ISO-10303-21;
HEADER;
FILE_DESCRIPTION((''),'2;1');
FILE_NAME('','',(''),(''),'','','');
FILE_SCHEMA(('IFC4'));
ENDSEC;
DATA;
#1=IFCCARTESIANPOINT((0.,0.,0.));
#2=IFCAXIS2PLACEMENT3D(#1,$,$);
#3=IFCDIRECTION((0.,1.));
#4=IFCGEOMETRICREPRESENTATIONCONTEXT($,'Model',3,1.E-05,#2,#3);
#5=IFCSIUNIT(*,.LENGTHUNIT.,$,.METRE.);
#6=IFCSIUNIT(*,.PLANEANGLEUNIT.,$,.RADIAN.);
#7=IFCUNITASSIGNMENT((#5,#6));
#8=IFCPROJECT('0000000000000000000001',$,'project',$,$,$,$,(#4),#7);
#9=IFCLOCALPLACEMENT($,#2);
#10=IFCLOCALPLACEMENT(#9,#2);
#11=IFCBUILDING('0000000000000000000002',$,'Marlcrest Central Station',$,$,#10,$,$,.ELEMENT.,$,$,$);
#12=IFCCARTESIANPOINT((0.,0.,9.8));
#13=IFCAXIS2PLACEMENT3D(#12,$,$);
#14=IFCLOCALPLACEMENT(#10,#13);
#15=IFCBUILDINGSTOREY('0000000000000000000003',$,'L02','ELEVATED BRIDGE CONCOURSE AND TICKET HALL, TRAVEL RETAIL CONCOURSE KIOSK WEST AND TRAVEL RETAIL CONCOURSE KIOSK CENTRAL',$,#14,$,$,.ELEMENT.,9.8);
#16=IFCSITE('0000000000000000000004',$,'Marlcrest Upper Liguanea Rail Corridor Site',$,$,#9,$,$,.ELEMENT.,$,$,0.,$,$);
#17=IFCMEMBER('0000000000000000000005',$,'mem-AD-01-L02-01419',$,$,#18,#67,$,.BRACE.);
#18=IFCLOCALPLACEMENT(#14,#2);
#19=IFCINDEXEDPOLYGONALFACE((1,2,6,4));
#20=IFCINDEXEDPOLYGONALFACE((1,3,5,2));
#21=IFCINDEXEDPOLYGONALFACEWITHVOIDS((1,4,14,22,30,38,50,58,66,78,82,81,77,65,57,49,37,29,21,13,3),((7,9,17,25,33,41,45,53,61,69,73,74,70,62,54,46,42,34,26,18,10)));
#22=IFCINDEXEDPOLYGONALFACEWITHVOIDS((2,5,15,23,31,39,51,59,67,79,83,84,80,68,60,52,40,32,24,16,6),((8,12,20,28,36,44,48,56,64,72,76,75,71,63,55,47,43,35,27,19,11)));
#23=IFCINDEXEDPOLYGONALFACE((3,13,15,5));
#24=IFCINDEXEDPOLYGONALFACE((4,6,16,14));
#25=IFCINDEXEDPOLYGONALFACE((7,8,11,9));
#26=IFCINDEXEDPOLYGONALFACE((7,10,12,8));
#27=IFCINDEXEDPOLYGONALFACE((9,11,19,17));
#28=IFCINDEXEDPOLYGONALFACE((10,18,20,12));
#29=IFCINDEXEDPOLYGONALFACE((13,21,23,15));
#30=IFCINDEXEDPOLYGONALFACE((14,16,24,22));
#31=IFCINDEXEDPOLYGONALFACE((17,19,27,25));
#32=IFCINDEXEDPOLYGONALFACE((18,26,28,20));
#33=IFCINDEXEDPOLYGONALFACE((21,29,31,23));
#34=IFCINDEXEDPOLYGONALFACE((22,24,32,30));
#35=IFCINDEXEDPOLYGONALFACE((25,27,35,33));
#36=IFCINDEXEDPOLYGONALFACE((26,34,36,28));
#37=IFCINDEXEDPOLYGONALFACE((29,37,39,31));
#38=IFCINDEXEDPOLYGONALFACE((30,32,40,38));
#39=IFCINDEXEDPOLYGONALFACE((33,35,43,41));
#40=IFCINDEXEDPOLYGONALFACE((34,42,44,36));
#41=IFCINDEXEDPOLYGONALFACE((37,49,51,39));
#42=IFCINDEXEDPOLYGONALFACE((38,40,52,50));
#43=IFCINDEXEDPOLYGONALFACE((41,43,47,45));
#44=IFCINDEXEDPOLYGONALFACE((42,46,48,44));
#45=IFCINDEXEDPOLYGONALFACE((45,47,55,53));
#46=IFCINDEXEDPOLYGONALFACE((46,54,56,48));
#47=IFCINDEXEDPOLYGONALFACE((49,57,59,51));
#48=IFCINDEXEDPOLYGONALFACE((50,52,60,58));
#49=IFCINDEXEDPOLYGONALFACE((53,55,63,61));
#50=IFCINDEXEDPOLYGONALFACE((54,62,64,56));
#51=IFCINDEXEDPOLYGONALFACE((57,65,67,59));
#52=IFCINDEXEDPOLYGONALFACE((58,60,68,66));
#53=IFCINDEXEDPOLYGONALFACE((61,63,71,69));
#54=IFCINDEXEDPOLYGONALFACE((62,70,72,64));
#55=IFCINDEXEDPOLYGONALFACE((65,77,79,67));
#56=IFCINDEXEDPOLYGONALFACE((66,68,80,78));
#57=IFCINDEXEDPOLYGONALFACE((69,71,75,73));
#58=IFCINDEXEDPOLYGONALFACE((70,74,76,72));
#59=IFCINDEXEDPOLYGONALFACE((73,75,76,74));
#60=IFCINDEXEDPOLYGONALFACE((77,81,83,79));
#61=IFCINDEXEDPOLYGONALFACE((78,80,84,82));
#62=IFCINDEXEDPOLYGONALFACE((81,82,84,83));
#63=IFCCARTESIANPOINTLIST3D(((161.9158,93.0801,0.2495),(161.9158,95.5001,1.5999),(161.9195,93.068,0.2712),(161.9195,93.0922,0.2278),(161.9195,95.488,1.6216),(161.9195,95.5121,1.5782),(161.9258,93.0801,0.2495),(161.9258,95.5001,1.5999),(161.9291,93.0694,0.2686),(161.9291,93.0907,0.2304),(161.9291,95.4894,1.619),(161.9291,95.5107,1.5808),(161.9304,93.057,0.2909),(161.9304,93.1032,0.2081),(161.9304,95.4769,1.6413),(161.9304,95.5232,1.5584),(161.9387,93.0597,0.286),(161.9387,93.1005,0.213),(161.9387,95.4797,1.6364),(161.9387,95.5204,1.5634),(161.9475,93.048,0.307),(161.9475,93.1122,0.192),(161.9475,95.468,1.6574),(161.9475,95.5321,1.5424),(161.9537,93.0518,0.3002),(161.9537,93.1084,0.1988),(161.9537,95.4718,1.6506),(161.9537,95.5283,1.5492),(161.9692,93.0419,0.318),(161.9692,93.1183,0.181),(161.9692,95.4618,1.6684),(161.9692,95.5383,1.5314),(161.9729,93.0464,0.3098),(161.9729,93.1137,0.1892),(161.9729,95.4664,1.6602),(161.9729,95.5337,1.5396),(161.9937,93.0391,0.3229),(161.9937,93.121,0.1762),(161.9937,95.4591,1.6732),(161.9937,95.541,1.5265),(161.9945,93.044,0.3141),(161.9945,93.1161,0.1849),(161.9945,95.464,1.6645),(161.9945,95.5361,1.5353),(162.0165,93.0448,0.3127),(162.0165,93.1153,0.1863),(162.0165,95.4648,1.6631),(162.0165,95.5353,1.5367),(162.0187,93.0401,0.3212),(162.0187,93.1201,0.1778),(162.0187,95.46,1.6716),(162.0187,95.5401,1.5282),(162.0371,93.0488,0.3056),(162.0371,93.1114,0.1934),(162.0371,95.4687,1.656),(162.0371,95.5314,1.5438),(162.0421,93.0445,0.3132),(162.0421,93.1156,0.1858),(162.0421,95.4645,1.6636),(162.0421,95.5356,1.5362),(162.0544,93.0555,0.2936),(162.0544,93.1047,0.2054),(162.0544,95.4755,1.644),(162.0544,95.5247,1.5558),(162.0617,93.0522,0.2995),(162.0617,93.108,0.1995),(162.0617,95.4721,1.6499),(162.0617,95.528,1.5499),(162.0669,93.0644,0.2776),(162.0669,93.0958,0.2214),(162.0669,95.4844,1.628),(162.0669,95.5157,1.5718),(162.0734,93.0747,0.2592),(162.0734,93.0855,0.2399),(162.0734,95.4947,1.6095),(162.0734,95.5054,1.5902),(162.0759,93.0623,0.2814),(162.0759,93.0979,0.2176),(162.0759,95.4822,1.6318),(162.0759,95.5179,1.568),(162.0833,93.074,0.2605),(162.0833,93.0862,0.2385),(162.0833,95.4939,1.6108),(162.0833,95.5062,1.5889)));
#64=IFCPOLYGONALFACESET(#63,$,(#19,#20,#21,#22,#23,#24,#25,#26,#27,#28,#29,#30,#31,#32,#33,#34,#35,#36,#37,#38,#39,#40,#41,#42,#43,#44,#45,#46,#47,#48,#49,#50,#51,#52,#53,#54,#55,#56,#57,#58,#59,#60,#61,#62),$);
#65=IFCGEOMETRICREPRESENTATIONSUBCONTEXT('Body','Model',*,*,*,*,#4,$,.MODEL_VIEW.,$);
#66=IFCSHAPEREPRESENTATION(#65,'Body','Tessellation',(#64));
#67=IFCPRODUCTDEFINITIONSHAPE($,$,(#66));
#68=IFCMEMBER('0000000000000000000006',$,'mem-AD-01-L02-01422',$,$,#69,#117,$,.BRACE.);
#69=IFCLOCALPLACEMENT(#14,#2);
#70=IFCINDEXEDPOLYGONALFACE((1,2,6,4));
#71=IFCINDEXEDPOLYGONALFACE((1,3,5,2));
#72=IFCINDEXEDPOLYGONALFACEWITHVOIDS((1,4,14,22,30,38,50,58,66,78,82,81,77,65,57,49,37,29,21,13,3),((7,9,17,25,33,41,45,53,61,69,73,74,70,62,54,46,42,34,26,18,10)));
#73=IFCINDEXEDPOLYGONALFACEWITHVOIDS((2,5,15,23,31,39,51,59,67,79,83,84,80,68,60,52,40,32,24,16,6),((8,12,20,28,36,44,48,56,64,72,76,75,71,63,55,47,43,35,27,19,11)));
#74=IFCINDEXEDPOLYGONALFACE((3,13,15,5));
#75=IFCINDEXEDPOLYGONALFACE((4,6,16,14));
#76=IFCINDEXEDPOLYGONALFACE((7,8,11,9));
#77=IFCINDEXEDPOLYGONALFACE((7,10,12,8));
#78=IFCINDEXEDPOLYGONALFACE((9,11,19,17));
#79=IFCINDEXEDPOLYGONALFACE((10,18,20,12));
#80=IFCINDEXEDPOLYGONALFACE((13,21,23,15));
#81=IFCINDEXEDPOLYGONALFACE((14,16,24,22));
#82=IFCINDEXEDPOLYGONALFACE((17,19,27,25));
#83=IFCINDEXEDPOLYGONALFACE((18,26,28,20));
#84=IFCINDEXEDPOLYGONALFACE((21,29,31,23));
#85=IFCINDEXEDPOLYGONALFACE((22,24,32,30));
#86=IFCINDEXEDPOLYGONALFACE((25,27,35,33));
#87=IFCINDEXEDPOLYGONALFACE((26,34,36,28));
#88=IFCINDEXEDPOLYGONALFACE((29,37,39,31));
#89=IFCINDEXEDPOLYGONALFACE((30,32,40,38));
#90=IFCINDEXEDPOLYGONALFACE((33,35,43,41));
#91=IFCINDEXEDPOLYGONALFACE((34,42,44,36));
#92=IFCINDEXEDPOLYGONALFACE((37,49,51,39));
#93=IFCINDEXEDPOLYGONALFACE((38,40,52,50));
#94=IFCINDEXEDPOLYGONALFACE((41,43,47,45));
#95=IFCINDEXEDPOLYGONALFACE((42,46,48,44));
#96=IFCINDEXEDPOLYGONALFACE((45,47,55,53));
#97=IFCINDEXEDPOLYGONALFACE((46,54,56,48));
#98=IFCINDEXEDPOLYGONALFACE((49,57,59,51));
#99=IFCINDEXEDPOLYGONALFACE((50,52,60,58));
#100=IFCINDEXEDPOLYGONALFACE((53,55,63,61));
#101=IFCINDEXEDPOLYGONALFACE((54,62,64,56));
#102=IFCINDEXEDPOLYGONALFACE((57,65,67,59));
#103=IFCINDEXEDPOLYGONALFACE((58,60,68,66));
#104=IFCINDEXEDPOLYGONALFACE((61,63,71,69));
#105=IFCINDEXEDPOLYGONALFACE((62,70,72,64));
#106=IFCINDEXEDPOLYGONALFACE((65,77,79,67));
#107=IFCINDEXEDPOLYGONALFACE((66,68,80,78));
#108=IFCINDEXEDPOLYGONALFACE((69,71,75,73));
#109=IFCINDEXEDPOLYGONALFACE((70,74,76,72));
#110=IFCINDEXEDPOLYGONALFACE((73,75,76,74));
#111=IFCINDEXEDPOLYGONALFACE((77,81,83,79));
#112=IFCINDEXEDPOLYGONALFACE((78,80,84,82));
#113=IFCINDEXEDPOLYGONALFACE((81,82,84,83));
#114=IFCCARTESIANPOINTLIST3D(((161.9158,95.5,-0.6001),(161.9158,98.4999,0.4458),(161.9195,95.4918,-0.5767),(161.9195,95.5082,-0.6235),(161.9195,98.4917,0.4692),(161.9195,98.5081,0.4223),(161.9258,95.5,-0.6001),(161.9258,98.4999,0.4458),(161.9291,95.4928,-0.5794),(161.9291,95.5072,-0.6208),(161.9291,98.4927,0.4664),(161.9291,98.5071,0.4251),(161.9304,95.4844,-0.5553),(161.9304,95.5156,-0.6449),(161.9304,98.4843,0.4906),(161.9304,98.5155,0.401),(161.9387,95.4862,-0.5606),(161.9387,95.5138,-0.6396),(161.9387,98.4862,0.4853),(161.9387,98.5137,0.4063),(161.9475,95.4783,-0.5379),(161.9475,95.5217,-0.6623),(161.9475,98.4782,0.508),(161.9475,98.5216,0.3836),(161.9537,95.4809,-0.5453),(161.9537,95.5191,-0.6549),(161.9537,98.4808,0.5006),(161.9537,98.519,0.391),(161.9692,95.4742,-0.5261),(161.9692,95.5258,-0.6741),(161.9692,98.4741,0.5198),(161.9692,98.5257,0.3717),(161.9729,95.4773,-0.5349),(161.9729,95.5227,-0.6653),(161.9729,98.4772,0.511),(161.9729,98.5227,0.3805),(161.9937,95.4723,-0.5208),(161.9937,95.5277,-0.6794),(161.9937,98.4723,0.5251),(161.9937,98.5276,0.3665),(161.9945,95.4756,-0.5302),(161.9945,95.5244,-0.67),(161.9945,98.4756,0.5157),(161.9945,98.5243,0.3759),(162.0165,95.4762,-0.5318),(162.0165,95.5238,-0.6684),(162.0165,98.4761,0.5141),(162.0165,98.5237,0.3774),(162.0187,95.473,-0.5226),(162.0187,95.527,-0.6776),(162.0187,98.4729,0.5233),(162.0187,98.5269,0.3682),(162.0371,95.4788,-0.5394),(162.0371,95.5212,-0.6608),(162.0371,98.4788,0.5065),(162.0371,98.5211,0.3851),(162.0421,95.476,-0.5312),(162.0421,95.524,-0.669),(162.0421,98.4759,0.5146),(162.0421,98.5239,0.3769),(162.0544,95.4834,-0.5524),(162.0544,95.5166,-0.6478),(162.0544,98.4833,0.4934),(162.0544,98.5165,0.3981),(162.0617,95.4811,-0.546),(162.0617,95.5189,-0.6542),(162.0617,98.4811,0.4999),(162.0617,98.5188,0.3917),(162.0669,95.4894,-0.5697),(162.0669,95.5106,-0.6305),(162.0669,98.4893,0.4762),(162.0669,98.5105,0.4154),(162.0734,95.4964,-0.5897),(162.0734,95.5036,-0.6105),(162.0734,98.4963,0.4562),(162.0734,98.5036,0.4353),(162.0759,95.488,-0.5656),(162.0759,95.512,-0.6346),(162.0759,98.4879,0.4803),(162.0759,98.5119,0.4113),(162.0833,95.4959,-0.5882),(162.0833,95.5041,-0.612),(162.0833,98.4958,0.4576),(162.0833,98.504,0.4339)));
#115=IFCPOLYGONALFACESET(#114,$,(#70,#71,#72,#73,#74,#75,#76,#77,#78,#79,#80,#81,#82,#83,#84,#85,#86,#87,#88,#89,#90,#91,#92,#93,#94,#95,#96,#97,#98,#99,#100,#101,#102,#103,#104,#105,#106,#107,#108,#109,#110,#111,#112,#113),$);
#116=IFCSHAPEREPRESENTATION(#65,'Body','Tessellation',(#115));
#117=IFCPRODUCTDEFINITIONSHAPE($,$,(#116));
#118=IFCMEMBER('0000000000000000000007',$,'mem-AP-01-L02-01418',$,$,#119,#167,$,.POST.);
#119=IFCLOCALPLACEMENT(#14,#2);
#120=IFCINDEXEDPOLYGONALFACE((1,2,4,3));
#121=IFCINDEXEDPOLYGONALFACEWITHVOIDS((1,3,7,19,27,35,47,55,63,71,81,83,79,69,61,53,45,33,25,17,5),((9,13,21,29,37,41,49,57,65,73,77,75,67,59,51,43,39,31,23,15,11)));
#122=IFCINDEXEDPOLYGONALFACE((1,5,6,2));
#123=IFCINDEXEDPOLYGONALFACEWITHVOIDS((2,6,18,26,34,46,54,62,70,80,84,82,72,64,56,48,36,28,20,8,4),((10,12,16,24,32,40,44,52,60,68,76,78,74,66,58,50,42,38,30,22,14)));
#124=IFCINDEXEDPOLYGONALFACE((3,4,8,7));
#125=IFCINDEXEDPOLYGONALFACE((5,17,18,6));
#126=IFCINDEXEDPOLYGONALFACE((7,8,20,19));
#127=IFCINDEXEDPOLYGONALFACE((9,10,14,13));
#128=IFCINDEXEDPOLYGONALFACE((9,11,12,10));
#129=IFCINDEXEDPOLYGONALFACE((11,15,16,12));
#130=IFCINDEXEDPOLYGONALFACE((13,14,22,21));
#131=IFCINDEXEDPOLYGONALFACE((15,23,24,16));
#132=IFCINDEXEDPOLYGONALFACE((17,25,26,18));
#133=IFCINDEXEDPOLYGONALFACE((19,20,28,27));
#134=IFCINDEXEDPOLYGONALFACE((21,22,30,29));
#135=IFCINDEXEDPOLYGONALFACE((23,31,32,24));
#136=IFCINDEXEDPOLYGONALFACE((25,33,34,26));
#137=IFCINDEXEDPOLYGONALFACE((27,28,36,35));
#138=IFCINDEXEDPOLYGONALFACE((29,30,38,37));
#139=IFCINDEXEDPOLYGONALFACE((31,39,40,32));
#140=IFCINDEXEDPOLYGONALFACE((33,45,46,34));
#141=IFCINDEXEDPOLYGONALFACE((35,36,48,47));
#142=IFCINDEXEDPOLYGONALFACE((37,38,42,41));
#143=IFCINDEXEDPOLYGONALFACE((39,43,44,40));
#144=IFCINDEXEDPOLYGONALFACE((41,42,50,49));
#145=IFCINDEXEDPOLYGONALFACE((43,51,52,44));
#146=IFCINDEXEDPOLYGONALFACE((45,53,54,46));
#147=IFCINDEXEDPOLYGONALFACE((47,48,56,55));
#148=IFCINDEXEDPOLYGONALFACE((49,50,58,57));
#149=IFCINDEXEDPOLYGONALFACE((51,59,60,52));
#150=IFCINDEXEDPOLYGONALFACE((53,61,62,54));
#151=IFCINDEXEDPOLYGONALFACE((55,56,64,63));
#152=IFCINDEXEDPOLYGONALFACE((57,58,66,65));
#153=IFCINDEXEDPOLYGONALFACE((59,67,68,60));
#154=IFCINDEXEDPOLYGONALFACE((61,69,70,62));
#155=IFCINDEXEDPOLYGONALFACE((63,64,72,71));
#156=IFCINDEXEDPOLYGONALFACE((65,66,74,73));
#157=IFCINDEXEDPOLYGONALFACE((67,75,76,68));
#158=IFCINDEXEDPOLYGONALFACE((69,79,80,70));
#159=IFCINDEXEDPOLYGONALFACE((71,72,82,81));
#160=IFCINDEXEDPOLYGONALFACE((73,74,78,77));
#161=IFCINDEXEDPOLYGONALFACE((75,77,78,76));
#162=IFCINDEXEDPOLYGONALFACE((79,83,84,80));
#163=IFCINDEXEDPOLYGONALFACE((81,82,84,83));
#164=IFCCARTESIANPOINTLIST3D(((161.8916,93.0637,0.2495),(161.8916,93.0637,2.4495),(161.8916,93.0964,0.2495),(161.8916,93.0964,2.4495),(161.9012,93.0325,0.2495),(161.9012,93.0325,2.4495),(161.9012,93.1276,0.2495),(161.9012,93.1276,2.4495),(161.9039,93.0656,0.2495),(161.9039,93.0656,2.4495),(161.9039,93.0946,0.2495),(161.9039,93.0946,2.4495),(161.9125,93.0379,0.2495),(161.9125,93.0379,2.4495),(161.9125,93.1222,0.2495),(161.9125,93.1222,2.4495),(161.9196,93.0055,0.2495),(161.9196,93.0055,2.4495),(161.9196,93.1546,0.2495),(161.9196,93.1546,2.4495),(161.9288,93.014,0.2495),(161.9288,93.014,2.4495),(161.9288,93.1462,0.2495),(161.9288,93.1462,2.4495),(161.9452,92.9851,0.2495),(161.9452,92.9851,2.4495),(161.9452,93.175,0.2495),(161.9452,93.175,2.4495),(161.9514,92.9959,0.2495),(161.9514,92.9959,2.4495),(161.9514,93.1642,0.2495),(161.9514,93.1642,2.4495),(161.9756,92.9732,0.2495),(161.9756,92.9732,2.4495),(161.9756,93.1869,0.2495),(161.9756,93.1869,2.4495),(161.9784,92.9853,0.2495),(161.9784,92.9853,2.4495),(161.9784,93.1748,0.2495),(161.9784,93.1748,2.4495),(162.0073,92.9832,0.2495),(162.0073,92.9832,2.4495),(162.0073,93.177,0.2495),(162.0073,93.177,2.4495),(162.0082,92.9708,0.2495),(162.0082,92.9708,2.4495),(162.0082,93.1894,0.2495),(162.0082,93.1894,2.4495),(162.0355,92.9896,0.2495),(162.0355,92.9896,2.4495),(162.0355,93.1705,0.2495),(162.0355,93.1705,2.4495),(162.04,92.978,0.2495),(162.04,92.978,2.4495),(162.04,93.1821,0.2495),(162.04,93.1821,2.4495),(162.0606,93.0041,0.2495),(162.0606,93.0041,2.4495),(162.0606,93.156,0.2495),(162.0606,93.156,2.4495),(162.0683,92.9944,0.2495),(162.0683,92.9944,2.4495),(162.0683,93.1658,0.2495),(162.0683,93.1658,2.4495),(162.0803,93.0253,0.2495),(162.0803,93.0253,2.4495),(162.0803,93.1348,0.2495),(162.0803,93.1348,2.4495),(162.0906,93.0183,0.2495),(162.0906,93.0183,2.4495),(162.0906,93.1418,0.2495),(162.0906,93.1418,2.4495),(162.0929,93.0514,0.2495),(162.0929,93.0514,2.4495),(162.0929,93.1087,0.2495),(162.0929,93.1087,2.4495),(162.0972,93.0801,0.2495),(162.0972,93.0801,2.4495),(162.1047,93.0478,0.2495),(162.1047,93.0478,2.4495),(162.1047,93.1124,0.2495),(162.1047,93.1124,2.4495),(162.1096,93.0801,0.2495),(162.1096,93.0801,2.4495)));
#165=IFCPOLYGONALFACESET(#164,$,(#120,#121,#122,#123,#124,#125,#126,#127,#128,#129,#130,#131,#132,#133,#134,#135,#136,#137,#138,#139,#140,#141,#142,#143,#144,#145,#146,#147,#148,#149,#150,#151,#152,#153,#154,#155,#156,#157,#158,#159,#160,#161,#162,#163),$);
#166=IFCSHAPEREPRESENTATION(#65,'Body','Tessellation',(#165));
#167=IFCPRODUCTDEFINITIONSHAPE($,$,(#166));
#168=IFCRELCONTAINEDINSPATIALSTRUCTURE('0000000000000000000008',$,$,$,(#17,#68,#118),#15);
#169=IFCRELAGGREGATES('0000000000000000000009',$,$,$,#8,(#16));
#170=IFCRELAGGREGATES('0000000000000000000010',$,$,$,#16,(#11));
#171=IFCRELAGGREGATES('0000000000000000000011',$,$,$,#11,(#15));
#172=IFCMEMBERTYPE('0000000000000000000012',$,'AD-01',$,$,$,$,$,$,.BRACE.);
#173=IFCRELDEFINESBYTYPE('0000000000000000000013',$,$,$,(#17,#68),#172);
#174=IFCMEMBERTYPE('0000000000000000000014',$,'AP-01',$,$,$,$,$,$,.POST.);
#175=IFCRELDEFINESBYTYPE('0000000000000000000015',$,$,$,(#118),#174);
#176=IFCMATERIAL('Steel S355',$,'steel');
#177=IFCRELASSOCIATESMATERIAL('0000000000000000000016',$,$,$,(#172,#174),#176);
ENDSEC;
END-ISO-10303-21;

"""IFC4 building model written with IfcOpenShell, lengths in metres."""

from ifc_helpers import new_model, si_unit, direction, frame, origin, origin_2d, place, context, subcontext, project, spatial, hollow_circle, extrude, material, material_profile, profile_set, type_object, element, save


model = new_model("IFC4")

# Units and contexts
model_context = context("Model", 3, precision=1e-05, world=origin(), true_north=direction((0.0, 1.0)))
body_context = subcontext(model_context, "Body", "Model", "MODEL_VIEW")
ifc_project = project(units=[si_unit("LENGTHUNIT", "METRE"), si_unit("PLANEANGLEUNIT", "RADIAN")], contexts=[model_context])

# Site, building, storey
site_placement = place(None, origin())
site = spatial("IfcSite", under=ifc_project, at=site_placement, Name="Marlcrest Upper Liguanea Rail Corridor Site", CompositionType="ELEMENT", RefElevation=0.0)
building_placement = place(site_placement, origin())
building = spatial("IfcBuilding", under=site, at=building_placement, Name="Marlcrest Central Station", CompositionType="ELEMENT")
storey_placement = place(building_placement, frame((0.0, 0.0, 9.8)))
storey = spatial("IfcBuildingStorey", under=building, at=storey_placement, Name="L02", Description="ELEVATED BRIDGE CONCOURSE AND TICKET HALL, TRAVEL RETAIL CONCOURSE KIOSK WEST AND TRAVEL RETAIL CONCOURSE KIOSK CENTRAL", CompositionType="ELEMENT", Elevation=9.8)

# Members
ifc_material_1 = material(Name="Steel S355", Category="steel")
ifc_material_profile_1 = material_profile(ifc_material_1, hollow_circle(Radius=0.0842, WallThickness=0.01, at=origin_2d()), Name="CHS 168.3x10")
ifc_profile_set_1 = profile_set([ifc_material_profile_1], Name="Steel S355")
member_type_1 = type_object("IfcMemberType", Name="AD-01", PredefinedType="BRACE", material=ifc_profile_set_1)
member_1_placement = place(storey_placement, frame((162.0, 93.0801, 0.2495), z_axis=(0.0, 0.873246, 0.48728), x_axis=(-1.0, 0.0, 0.0)))
element("IfcMember", 1, at=member_1_placement, inside=storey, type_object=member_type_1, Name="mem-AD-01-L02-01419", PredefinedType="BRACE", context=body_context, shape_type="SweptSolid", body=[
    extrude(hollow_circle(Radius=0.0842, WallThickness=0.01, at=origin_2d()), origin(), (0.0, 0.0, 1.0), 2.7712),
])
member_2_placement = place(storey_placement, frame((162.0, 95.5, -0.6001), z_axis=(0.0, 0.94426, 0.3292), x_axis=(-1.0, 0.0, 0.0)))
element("IfcMember", 2, at=member_2_placement, inside=storey, type_object=member_type_1, Name="mem-AD-01-L02-01422", PredefinedType="BRACE", context=body_context, shape_type="SweptSolid", body=[
    extrude(hollow_circle(Radius=0.0842, WallThickness=0.01, at=origin_2d()), origin(), (0.0, 0.0, 1.0), 3.177),
])
ifc_material_profile_2 = material_profile(ifc_material_1, hollow_circle(Radius=0.1096, WallThickness=0.0125, at=origin_2d()), Name="CHS 219.1x12.5")
ifc_profile_set_2 = profile_set([ifc_material_profile_2], Name="Steel S355")
member_type_2 = type_object("IfcMemberType", Name="AP-01", PredefinedType="POST", material=ifc_profile_set_2)
for number, where, z_axis, x_axis, name in (
    (3, (162.0, 93.0801, 0.2495), (0.0, 0.0, 1.0), (1.0, 0.0, 0.0), "mem-AP-01-L02-01418"),
):
    element("IfcMember", number, at=place(storey_placement, frame(where, z_axis=z_axis, x_axis=x_axis)), inside=storey, type_object=member_type_2, Name=name, PredefinedType="POST", context=body_context, shape_type="SweptSolid", body=[
        extrude(hollow_circle(Radius=0.1096, WallThickness=0.0125, at=origin_2d()), origin(), (0.0, 0.0, 1.0), 2.2),
    ])

save(model, "model.ifc")
